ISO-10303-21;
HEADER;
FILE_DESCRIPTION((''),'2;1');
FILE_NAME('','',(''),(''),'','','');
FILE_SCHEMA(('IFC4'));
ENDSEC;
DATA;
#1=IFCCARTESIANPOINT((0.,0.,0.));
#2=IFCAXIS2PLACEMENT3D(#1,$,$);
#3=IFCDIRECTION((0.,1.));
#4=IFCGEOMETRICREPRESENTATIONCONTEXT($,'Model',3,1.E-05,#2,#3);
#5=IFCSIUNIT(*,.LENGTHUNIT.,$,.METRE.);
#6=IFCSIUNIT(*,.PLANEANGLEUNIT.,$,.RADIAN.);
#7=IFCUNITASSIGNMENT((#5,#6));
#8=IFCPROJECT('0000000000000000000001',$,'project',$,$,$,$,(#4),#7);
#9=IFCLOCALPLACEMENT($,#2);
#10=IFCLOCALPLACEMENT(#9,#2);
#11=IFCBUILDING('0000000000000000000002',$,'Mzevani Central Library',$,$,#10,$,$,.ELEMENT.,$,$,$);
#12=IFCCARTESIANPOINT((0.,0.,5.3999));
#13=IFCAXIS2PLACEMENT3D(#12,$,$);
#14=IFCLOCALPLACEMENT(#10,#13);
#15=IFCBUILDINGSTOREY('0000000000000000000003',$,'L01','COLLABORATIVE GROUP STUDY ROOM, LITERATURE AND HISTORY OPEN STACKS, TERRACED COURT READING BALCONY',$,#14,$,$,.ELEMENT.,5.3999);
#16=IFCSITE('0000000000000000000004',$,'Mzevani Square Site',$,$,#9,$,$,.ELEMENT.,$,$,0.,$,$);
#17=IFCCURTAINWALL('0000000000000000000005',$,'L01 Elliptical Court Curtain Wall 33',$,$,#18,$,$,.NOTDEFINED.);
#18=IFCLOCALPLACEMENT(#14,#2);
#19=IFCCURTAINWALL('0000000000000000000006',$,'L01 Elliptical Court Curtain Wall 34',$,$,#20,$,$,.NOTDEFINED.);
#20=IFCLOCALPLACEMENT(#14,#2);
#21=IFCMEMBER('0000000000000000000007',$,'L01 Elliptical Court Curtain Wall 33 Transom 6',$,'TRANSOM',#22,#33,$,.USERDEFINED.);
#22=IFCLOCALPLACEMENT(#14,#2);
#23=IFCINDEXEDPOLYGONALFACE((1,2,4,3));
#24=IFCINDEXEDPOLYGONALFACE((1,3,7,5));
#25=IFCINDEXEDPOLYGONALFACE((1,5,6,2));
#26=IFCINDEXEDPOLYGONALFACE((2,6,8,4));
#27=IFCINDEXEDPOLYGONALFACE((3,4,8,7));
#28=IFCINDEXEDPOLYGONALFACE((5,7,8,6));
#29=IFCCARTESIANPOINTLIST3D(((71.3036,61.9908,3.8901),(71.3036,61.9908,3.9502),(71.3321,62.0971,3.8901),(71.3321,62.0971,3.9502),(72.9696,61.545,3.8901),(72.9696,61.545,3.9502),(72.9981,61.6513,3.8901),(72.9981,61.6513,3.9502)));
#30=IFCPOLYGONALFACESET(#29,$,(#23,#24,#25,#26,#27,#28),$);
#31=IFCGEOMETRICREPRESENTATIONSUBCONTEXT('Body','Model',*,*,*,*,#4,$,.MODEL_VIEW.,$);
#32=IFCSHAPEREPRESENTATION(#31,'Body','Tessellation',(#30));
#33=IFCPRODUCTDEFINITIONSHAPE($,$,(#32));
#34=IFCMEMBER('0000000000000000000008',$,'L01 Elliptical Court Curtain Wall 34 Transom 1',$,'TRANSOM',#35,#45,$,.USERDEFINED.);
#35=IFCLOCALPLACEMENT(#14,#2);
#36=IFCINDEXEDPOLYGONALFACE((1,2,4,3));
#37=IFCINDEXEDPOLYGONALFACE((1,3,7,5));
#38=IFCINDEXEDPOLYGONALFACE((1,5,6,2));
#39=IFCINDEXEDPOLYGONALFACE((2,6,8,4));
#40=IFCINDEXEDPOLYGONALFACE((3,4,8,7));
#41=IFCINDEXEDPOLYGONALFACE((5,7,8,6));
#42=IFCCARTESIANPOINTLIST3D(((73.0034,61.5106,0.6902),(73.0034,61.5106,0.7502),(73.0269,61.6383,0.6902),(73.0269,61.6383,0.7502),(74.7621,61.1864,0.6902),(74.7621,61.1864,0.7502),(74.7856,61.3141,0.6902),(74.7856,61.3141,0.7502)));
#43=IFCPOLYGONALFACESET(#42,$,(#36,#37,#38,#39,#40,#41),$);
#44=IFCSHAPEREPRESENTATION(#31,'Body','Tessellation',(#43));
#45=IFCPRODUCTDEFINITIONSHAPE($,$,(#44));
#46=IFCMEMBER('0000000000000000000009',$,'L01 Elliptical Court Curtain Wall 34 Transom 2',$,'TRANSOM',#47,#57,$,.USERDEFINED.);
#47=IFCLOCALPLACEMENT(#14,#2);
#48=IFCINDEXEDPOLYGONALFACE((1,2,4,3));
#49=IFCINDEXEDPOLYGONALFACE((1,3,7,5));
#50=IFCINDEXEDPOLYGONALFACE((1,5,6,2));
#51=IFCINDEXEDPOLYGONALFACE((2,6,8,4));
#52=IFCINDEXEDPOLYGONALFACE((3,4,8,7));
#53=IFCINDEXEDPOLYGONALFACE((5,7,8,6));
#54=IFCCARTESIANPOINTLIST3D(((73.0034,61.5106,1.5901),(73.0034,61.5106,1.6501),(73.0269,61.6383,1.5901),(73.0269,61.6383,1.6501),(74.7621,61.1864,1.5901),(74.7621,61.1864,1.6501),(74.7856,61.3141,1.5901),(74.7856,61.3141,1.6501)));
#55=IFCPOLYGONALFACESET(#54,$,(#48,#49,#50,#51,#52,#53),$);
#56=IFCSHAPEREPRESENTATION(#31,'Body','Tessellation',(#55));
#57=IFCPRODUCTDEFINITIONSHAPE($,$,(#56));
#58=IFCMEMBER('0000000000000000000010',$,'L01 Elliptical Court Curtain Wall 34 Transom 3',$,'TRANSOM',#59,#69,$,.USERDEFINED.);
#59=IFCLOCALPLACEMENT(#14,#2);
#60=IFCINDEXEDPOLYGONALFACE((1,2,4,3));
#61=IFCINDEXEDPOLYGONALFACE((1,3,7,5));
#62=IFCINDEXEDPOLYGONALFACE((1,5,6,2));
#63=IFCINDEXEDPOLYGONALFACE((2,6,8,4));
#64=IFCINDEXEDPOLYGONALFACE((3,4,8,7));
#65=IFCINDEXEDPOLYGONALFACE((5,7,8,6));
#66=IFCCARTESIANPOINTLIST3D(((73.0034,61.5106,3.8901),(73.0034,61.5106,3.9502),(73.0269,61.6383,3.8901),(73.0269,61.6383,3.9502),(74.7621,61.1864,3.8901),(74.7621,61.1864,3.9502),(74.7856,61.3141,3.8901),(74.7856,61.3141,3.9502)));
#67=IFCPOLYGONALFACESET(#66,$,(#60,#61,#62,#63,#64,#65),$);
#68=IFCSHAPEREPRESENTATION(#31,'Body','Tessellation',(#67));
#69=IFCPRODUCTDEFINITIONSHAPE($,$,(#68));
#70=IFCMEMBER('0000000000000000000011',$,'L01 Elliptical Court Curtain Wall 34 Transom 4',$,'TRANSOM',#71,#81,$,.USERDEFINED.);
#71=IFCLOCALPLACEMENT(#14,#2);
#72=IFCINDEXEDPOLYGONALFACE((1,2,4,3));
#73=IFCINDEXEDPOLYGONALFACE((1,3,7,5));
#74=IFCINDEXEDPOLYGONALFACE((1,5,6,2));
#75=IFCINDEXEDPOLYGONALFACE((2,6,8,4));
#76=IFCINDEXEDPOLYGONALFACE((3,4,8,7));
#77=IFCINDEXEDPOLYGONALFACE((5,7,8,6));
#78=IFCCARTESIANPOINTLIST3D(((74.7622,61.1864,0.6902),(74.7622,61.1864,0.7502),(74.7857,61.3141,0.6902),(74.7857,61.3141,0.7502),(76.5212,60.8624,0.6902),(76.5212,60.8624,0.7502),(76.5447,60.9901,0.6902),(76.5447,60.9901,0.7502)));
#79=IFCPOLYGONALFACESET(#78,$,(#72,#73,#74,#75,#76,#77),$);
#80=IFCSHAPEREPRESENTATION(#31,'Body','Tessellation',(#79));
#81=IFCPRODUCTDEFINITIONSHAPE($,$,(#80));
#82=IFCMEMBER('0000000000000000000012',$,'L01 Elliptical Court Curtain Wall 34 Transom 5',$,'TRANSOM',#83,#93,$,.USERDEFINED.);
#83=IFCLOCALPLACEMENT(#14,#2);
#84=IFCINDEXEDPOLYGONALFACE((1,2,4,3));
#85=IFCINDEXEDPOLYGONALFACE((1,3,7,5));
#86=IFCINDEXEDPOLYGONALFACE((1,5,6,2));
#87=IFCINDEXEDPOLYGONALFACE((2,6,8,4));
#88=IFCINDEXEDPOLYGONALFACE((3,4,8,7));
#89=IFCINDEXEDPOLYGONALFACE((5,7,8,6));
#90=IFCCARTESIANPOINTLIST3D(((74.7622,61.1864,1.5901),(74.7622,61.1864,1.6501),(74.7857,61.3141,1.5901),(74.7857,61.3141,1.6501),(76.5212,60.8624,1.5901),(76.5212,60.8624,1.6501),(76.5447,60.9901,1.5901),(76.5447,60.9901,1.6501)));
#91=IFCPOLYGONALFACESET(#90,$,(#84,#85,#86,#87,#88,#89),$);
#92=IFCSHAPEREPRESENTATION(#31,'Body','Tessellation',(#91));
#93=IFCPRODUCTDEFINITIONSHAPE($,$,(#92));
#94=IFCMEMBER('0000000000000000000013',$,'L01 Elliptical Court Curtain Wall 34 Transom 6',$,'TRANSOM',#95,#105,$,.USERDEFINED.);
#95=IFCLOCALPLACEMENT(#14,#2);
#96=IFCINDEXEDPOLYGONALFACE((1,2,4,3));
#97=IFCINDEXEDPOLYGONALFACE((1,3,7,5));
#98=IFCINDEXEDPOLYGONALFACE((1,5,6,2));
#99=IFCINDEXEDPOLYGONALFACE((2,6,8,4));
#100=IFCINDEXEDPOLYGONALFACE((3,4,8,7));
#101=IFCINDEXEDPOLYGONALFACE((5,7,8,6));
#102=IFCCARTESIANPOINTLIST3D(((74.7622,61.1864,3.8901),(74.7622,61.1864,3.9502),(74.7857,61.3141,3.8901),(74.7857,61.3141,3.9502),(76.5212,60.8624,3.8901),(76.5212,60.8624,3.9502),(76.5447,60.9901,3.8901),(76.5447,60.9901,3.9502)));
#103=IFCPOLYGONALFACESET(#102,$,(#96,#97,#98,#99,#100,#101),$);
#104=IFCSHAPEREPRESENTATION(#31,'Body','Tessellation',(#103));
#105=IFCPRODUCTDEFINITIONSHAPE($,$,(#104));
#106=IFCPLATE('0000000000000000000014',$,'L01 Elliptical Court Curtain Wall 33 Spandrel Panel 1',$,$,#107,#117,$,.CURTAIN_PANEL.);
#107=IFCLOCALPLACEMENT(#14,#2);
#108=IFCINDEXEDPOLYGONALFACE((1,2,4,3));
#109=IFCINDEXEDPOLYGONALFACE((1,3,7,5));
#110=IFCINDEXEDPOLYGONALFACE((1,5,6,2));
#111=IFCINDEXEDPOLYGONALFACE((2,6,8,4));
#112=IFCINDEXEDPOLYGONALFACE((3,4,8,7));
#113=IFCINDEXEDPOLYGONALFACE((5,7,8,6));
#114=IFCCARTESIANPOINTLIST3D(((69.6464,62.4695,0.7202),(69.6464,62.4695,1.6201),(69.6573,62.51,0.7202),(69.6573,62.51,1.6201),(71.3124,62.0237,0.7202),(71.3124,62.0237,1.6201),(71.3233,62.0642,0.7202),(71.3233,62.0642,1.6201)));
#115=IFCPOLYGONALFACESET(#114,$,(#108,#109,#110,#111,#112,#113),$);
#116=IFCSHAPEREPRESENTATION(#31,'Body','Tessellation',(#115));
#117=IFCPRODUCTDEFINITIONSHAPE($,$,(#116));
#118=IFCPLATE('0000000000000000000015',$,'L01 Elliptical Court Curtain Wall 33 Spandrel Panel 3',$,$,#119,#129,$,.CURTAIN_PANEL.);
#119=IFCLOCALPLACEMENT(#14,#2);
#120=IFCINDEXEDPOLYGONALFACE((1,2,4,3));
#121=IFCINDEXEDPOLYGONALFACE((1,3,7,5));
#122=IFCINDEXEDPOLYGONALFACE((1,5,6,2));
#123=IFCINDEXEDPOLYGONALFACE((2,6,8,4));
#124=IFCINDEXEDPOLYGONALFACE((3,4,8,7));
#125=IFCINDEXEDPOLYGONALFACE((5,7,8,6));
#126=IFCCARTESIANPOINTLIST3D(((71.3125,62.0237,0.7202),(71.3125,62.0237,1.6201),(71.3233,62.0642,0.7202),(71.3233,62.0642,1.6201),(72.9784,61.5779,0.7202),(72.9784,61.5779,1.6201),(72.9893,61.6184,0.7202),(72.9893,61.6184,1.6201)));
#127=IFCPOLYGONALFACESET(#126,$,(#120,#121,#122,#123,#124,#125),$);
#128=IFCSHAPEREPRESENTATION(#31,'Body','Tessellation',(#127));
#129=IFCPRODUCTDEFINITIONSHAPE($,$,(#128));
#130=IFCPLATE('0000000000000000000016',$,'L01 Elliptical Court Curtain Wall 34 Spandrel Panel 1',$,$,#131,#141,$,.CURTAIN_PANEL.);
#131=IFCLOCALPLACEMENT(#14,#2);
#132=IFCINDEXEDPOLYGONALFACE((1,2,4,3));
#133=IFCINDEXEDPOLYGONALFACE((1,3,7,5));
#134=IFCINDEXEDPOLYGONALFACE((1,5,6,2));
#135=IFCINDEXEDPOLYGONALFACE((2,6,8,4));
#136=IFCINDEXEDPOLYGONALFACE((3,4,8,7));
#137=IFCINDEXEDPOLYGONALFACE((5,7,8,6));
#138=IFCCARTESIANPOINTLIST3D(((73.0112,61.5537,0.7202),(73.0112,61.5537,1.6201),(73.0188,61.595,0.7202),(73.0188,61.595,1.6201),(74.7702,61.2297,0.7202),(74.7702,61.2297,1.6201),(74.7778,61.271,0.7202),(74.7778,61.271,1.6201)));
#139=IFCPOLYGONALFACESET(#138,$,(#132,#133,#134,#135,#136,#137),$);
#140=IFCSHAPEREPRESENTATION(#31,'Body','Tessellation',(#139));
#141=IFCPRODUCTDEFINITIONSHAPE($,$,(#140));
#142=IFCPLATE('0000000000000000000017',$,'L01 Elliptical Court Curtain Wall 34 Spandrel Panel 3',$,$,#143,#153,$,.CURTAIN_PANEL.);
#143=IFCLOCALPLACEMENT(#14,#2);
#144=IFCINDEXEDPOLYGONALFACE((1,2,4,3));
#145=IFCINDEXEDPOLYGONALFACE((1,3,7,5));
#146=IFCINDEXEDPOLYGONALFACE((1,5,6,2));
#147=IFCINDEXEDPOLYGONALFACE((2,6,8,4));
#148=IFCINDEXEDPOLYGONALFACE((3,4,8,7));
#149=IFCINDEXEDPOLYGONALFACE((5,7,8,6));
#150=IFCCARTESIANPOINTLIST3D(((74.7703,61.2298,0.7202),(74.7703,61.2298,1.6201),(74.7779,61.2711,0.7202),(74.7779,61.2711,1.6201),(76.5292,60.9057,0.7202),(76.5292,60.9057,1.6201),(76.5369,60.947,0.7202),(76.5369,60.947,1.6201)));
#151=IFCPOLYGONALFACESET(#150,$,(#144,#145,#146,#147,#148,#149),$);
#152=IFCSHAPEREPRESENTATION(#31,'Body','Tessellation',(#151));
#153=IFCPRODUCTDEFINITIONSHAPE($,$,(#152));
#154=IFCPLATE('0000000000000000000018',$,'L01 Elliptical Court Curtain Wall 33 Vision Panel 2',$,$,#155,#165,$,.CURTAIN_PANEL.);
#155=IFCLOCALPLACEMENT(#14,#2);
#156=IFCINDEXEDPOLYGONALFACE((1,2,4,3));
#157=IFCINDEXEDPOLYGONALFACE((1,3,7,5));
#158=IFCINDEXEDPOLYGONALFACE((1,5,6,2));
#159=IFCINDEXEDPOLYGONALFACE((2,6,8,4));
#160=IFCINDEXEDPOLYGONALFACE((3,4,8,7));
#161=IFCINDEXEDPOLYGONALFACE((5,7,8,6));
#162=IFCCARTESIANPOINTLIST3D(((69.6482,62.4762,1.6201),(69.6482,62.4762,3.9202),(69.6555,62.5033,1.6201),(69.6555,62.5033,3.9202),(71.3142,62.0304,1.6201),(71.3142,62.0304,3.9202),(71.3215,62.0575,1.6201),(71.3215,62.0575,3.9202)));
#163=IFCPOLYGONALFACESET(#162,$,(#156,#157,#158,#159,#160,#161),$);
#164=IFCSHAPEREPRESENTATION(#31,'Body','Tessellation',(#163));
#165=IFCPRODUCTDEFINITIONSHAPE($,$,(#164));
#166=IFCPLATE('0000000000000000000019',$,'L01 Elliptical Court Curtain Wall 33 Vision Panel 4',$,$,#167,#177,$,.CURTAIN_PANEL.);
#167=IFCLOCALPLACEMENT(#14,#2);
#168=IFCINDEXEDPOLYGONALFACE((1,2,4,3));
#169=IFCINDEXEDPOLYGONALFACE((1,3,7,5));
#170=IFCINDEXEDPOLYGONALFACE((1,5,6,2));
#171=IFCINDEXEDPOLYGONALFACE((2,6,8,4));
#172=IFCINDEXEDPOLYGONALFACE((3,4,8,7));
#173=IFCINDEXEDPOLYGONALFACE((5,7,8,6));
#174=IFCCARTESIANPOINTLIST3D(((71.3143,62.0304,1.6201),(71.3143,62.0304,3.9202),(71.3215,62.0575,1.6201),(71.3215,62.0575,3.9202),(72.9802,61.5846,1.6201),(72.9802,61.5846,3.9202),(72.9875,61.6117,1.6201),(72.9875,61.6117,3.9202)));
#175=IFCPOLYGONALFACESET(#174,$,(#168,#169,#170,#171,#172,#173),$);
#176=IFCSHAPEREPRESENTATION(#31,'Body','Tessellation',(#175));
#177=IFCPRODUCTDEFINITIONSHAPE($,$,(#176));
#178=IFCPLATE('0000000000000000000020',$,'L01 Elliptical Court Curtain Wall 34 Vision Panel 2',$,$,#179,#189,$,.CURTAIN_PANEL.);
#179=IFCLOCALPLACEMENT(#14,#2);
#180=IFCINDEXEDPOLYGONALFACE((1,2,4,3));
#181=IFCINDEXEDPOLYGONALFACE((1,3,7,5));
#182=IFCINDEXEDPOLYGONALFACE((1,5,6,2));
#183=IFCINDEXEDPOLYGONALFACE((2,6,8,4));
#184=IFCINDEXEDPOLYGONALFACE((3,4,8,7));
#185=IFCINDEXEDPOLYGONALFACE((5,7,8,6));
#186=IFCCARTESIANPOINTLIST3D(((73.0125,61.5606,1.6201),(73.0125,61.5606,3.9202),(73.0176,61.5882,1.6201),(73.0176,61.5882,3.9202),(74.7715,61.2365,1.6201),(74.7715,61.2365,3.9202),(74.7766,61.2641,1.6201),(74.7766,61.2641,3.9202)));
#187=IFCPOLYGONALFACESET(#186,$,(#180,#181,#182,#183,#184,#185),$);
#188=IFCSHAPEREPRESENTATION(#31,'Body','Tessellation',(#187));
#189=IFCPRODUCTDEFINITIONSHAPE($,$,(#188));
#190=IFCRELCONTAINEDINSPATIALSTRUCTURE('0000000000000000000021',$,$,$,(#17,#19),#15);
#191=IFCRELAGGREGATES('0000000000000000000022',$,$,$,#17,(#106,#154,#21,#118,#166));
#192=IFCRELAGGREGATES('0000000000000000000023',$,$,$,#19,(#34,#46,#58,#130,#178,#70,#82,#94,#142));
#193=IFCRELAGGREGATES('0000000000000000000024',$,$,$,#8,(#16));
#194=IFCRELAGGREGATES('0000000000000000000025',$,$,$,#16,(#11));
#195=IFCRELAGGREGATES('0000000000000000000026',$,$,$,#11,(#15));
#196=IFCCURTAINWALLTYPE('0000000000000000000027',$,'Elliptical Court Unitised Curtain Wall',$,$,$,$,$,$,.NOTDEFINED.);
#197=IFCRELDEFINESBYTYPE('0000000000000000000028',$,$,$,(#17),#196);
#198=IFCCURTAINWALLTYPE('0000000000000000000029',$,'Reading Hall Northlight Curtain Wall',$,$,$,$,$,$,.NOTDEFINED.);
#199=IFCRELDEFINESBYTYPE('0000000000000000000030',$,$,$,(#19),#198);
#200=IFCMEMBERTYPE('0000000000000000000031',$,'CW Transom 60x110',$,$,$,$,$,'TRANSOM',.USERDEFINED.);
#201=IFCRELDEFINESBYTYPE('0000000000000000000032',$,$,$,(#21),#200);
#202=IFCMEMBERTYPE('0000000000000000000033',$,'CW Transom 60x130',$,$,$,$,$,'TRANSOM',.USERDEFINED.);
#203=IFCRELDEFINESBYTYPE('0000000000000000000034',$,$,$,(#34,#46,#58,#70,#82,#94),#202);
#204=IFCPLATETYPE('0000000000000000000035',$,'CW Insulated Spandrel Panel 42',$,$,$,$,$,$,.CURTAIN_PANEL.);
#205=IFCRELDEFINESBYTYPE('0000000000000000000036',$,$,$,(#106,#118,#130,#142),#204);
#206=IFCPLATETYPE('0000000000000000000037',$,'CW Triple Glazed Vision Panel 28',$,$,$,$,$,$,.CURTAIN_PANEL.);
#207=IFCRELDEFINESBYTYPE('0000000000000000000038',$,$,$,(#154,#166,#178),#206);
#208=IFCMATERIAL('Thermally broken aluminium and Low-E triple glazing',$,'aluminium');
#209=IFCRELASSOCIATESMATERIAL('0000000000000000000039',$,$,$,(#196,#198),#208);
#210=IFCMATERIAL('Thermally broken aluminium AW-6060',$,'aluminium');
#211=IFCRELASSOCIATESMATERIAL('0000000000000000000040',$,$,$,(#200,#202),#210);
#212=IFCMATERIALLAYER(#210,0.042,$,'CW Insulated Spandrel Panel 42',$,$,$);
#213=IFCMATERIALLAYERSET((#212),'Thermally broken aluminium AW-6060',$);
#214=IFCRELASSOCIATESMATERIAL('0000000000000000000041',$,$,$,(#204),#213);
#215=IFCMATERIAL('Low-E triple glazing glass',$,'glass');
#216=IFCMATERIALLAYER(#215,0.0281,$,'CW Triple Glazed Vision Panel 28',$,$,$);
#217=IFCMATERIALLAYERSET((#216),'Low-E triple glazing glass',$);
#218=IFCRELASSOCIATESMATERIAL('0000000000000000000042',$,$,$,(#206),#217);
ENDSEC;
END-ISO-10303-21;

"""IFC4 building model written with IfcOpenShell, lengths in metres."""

from ifc_helpers import new_model, si_unit, direction, frame, origin, origin_2d, place, context, subcontext, project, spatial, rectangle, extrude, material, layer, layer_set, material_profile, profile_set, type_object, element, aggregate, save


model = new_model("IFC4")

# Units and contexts
model_context = context("Model", 3, precision=1e-05, world=origin(), true_north=direction((0.0, 1.0)))
body_context = subcontext(model_context, "Body", "Model", "MODEL_VIEW")
ifc_project = project(units=[si_unit("LENGTHUNIT", "METRE"), si_unit("PLANEANGLEUNIT", "RADIAN")], contexts=[model_context])

# Site, building, storey
site_placement = place(None, origin())
site = spatial("IfcSite", under=ifc_project, at=site_placement, Name="Mzevani Square Site", CompositionType="ELEMENT", RefElevation=0.0)
building_placement = place(site_placement, origin())
building = spatial("IfcBuilding", under=site, at=building_placement, Name="Mzevani Central Library", CompositionType="ELEMENT")
storey_placement = place(building_placement, frame((0.0, 0.0, 5.3999)))
storey = spatial("IfcBuildingStorey", under=building, at=storey_placement, Name="L01", Description="COLLABORATIVE GROUP STUDY ROOM, LITERATURE AND HISTORY OPEN STACKS, TERRACED COURT READING BALCONY", CompositionType="ELEMENT", Elevation=5.3999)

# Curtain walls
ifc_material_1 = material(Name="Thermally broken aluminium and Low-E triple glazing", Category="aluminium")
curtain_wall_type_1 = type_object("IfcCurtainWallType", Name="Elliptical Court Unitised Curtain Wall", PredefinedType="NOTDEFINED", material=ifc_material_1)
curtain_wall_1_placement = place(storey_placement, origin())
curtain_wall_1 = element("IfcCurtainWall", 1, at=curtain_wall_1_placement, inside=storey, type_object=curtain_wall_type_1, Name="L01 Elliptical Court Curtain Wall 33", PredefinedType="NOTDEFINED")
ifc_material_2 = material(Name="Thermally broken aluminium AW-6060", Category="aluminium")
curtain_wall_type_2 = type_object("IfcCurtainWallType", Name="Reading Hall Northlight Curtain Wall", PredefinedType="NOTDEFINED", material=ifc_material_1)
curtain_wall_2_placement = place(storey_placement, origin())
curtain_wall_2 = element("IfcCurtainWall", 2, at=curtain_wall_2_placement, inside=storey, type_object=curtain_wall_type_2, Name="L01 Elliptical Court Curtain Wall 34", PredefinedType="NOTDEFINED")

# Members
ifc_material_profile_1 = material_profile(ifc_material_2, rectangle(XDim=0.1101, YDim=0.0601, at=origin_2d()), Name="ALU T60x110")
ifc_profile_set_1 = profile_set([ifc_material_profile_1], Name="Thermally broken aluminium AW-6060")
member_type_1 = type_object("IfcMemberType", Name="CW Transom 60x110", ElementType="TRANSOM", PredefinedType="USERDEFINED", material=ifc_profile_set_1)
member_1_placement = place(storey_placement, frame((71.3179, 62.0439, 3.9202), z_axis=(0.966014, -0.258491, 0.0), x_axis=(0.258491, 0.966014, 0.0)))
member_1 = element("IfcMember", 3, at=member_1_placement, type_object=member_type_1, Name="L01 Elliptical Court Curtain Wall 33 Transom 6", ObjectType="TRANSOM", PredefinedType="USERDEFINED", context=body_context, shape_type="SweptSolid", body=[
    extrude(rectangle(XDim=0.1101, YDim=0.0601, at=origin_2d()), origin(), (0.0, 0.0, 1.0), 1.7246),
])
ifc_material_profile_2 = material_profile(ifc_material_2, rectangle(XDim=0.1299, YDim=0.0601, at=origin_2d()), Name="ALU T60x130")
ifc_profile_set_2 = profile_set([ifc_material_profile_2], Name="Thermally broken aluminium AW-6060")
member_type_2 = type_object("IfcMemberType", Name="CW Transom 60x130", ElementType="TRANSOM", PredefinedType="USERDEFINED", material=ifc_profile_set_2)
member_2_placement = place(storey_placement, frame((73.0151, 61.5745, 0.7202), z_axis=(0.98343, -0.181288, 0.0), x_axis=(0.181288, 0.98343, 0.0)))
member_2 = element("IfcMember", 4, at=member_2_placement, type_object=member_type_2, Name="L01 Elliptical Court Curtain Wall 34 Transom 1", ObjectType="TRANSOM", PredefinedType="USERDEFINED", context=body_context, shape_type="SweptSolid", body=[
    extrude(rectangle(XDim=0.1299, YDim=0.0601, at=origin_2d()), origin(), (0.0, 0.0, 1.0), 1.7883),
])
member_3_placement = place(storey_placement, frame((73.0151, 61.5745, 1.6201), z_axis=(0.98343, -0.181288, 0.0), x_axis=(0.181288, 0.98343, 0.0)))
member_3 = element("IfcMember", 5, at=member_3_placement, type_object=member_type_2, Name="L01 Elliptical Court Curtain Wall 34 Transom 2", ObjectType="TRANSOM", PredefinedType="USERDEFINED", context=body_context, shape_type="SweptSolid", body=[
    extrude(rectangle(XDim=0.1299, YDim=0.0601, at=origin_2d()), origin(), (0.0, 0.0, 1.0), 1.7883),
])
member_4_placement = place(storey_placement, frame((73.0151, 61.5745, 3.9202), z_axis=(0.98343, -0.181288, 0.0), x_axis=(0.181288, 0.98343, 0.0)))
member_4 = element("IfcMember", 6, at=member_4_placement, type_object=member_type_2, Name="L01 Elliptical Court Curtain Wall 34 Transom 3", ObjectType="TRANSOM", PredefinedType="USERDEFINED", context=body_context, shape_type="SweptSolid", body=[
    extrude(rectangle(XDim=0.1299, YDim=0.0601, at=origin_2d()), origin(), (0.0, 0.0, 1.0), 1.7883),
])
member_5_placement = place(storey_placement, frame((74.7739, 61.2502, 0.7202), z_axis=(0.983459, -0.181131, 0.0), x_axis=(0.181131, 0.983459, 0.0)))
member_5 = element("IfcMember", 7, at=member_5_placement, type_object=member_type_2, Name="L01 Elliptical Court Curtain Wall 34 Transom 4", ObjectType="TRANSOM", PredefinedType="USERDEFINED", context=body_context, shape_type="SweptSolid", body=[
    extrude(rectangle(XDim=0.1299, YDim=0.0601, at=origin_2d()), origin(), (0.0, 0.0, 1.0), 1.7886),
])
member_6_placement = place(storey_placement, frame((74.7739, 61.2502, 1.6201), z_axis=(0.983459, -0.181131, 0.0), x_axis=(0.181131, 0.983459, 0.0)))
member_6 = element("IfcMember", 8, at=member_6_placement, type_object=member_type_2, Name="L01 Elliptical Court Curtain Wall 34 Transom 5", ObjectType="TRANSOM", PredefinedType="USERDEFINED", context=body_context, shape_type="SweptSolid", body=[
    extrude(rectangle(XDim=0.1299, YDim=0.0601, at=origin_2d()), origin(), (0.0, 0.0, 1.0), 1.7886),
])
member_7_placement = place(storey_placement, frame((74.7739, 61.2502, 3.9202), z_axis=(0.983459, -0.181131, 0.0), x_axis=(0.181131, 0.983459, 0.0)))
member_7 = element("IfcMember", 9, at=member_7_placement, type_object=member_type_2, Name="L01 Elliptical Court Curtain Wall 34 Transom 6", ObjectType="TRANSOM", PredefinedType="USERDEFINED", context=body_context, shape_type="SweptSolid", body=[
    extrude(rectangle(XDim=0.1299, YDim=0.0601, at=origin_2d()), origin(), (0.0, 0.0, 1.0), 1.7886),
])

# Plates
ifc_layer_1 = layer(ifc_material_2, 0.042, Name="CW Insulated Spandrel Panel 42")
ifc_layer_set_1 = layer_set([ifc_layer_1], Name="Thermally broken aluminium AW-6060")
plate_type_1 = type_object("IfcPlateType", Name="CW Insulated Spandrel Panel 42", PredefinedType="CURTAIN_PANEL", material=ifc_layer_set_1)
plate_1_placement = place(storey_placement, frame((70.4849, 62.2668, 0.7202), z_axis=(0.0, 0.0, 1.0), x_axis=(0.966009, -0.258507, 0.0)))
plate_1 = element("IfcPlate", 10, at=plate_1_placement, type_object=plate_type_1, Name="L01 Elliptical Court Curtain Wall 33 Spandrel Panel 1", PredefinedType="CURTAIN_PANEL", context=body_context, shape_type="SweptSolid", body=[
    extrude(rectangle(XDim=1.7246, YDim=0.042, at=origin_2d()), origin(), (0.0, 0.0, 1.0), 0.8999),
])
plate_2_placement = place(storey_placement, frame((72.1509, 61.821, 0.7202), z_axis=(0.0, 0.0, 1.0), x_axis=(0.966009, -0.258507, 0.0)))
plate_2 = element("IfcPlate", 11, at=plate_2_placement, type_object=plate_type_1, Name="L01 Elliptical Court Curtain Wall 33 Spandrel Panel 3", PredefinedType="CURTAIN_PANEL", context=body_context, shape_type="SweptSolid", body=[
    extrude(rectangle(XDim=1.7246, YDim=0.042, at=origin_2d()), origin(), (0.0, 0.0, 1.0), 0.8999),
])
plate_3_placement = place(storey_placement, frame((73.8945, 61.4124, 0.7202), z_axis=(0.0, 0.0, 1.0), x_axis=(0.983449, -0.181185, 0.0)))
plate_3 = element("IfcPlate", 12, at=plate_3_placement, type_object=plate_type_1, Name="L01 Elliptical Court Curtain Wall 34 Spandrel Panel 1", PredefinedType="CURTAIN_PANEL", context=body_context, shape_type="SweptSolid", body=[
    extrude(rectangle(XDim=1.7886, YDim=0.042, at=origin_2d()), origin(), (0.0, 0.0, 1.0), 0.8999),
])
plate_4_placement = place(storey_placement, frame((75.6536, 61.0884, 0.7202), z_axis=(0.0, 0.0, 1.0), x_axis=(0.983449, -0.181185, 0.0)))
plate_4 = element("IfcPlate", 13, at=plate_4_placement, type_object=plate_type_1, Name="L01 Elliptical Court Curtain Wall 34 Spandrel Panel 3", PredefinedType="CURTAIN_PANEL", context=body_context, shape_type="SweptSolid", body=[
    extrude(rectangle(XDim=1.7886, YDim=0.042, at=origin_2d()), origin(), (0.0, 0.0, 1.0), 0.8999),
])
ifc_material_3 = material(Name="Low-E triple glazing glass", Category="glass")
ifc_layer_2 = layer(ifc_material_3, 0.0281, Name="CW Triple Glazed Vision Panel 28")
ifc_layer_set_2 = layer_set([ifc_layer_2], Name="Low-E triple glazing glass")
plate_type_2 = type_object("IfcPlateType", Name="CW Triple Glazed Vision Panel 28", PredefinedType="CURTAIN_PANEL", material=ifc_layer_set_2)
plate_5_placement = place(storey_placement, frame((70.4849, 62.2668, 1.6201), z_axis=(0.0, 0.0, 1.0), x_axis=(0.966009, -0.258507, 0.0)))
plate_5 = element("IfcPlate", 14, at=plate_5_placement, type_object=plate_type_2, Name="L01 Elliptical Court Curtain Wall 33 Vision Panel 2", PredefinedType="CURTAIN_PANEL", context=body_context, shape_type="SweptSolid", body=[
    extrude(rectangle(XDim=1.7246, YDim=0.0281, at=origin_2d()), origin(), (0.0, 0.0, 1.0), 2.3),
])
plate_6_placement = place(storey_placement, frame((72.1509, 61.821, 1.6201), z_axis=(0.0, 0.0, 1.0), x_axis=(0.966009, -0.258507, 0.0)))
plate_6 = element("IfcPlate", 15, at=plate_6_placement, type_object=plate_type_2, Name="L01 Elliptical Court Curtain Wall 33 Vision Panel 4", PredefinedType="CURTAIN_PANEL", context=body_context, shape_type="SweptSolid", body=[
    extrude(rectangle(XDim=1.7246, YDim=0.0281, at=origin_2d()), origin(), (0.0, 0.0, 1.0), 2.3),
])
aggregate(curtain_wall_1, [plate_1, plate_5, member_1, plate_2, plate_6])
plate_7_placement = place(storey_placement, frame((73.8945, 61.4124, 1.6201), z_axis=(0.0, 0.0, 1.0), x_axis=(0.983449, -0.181185, 0.0)))
plate_7 = element("IfcPlate", 16, at=plate_7_placement, type_object=plate_type_2, Name="L01 Elliptical Court Curtain Wall 34 Vision Panel 2", PredefinedType="CURTAIN_PANEL", context=body_context, shape_type="SweptSolid", body=[
    extrude(rectangle(XDim=1.7886, YDim=0.0281, at=origin_2d()), origin(), (0.0, 0.0, 1.0), 2.3),
])
aggregate(curtain_wall_2, [member_2, member_3, member_4, plate_3, plate_7, member_5, member_6, member_7, plate_4])

save(model, "model.ifc")
